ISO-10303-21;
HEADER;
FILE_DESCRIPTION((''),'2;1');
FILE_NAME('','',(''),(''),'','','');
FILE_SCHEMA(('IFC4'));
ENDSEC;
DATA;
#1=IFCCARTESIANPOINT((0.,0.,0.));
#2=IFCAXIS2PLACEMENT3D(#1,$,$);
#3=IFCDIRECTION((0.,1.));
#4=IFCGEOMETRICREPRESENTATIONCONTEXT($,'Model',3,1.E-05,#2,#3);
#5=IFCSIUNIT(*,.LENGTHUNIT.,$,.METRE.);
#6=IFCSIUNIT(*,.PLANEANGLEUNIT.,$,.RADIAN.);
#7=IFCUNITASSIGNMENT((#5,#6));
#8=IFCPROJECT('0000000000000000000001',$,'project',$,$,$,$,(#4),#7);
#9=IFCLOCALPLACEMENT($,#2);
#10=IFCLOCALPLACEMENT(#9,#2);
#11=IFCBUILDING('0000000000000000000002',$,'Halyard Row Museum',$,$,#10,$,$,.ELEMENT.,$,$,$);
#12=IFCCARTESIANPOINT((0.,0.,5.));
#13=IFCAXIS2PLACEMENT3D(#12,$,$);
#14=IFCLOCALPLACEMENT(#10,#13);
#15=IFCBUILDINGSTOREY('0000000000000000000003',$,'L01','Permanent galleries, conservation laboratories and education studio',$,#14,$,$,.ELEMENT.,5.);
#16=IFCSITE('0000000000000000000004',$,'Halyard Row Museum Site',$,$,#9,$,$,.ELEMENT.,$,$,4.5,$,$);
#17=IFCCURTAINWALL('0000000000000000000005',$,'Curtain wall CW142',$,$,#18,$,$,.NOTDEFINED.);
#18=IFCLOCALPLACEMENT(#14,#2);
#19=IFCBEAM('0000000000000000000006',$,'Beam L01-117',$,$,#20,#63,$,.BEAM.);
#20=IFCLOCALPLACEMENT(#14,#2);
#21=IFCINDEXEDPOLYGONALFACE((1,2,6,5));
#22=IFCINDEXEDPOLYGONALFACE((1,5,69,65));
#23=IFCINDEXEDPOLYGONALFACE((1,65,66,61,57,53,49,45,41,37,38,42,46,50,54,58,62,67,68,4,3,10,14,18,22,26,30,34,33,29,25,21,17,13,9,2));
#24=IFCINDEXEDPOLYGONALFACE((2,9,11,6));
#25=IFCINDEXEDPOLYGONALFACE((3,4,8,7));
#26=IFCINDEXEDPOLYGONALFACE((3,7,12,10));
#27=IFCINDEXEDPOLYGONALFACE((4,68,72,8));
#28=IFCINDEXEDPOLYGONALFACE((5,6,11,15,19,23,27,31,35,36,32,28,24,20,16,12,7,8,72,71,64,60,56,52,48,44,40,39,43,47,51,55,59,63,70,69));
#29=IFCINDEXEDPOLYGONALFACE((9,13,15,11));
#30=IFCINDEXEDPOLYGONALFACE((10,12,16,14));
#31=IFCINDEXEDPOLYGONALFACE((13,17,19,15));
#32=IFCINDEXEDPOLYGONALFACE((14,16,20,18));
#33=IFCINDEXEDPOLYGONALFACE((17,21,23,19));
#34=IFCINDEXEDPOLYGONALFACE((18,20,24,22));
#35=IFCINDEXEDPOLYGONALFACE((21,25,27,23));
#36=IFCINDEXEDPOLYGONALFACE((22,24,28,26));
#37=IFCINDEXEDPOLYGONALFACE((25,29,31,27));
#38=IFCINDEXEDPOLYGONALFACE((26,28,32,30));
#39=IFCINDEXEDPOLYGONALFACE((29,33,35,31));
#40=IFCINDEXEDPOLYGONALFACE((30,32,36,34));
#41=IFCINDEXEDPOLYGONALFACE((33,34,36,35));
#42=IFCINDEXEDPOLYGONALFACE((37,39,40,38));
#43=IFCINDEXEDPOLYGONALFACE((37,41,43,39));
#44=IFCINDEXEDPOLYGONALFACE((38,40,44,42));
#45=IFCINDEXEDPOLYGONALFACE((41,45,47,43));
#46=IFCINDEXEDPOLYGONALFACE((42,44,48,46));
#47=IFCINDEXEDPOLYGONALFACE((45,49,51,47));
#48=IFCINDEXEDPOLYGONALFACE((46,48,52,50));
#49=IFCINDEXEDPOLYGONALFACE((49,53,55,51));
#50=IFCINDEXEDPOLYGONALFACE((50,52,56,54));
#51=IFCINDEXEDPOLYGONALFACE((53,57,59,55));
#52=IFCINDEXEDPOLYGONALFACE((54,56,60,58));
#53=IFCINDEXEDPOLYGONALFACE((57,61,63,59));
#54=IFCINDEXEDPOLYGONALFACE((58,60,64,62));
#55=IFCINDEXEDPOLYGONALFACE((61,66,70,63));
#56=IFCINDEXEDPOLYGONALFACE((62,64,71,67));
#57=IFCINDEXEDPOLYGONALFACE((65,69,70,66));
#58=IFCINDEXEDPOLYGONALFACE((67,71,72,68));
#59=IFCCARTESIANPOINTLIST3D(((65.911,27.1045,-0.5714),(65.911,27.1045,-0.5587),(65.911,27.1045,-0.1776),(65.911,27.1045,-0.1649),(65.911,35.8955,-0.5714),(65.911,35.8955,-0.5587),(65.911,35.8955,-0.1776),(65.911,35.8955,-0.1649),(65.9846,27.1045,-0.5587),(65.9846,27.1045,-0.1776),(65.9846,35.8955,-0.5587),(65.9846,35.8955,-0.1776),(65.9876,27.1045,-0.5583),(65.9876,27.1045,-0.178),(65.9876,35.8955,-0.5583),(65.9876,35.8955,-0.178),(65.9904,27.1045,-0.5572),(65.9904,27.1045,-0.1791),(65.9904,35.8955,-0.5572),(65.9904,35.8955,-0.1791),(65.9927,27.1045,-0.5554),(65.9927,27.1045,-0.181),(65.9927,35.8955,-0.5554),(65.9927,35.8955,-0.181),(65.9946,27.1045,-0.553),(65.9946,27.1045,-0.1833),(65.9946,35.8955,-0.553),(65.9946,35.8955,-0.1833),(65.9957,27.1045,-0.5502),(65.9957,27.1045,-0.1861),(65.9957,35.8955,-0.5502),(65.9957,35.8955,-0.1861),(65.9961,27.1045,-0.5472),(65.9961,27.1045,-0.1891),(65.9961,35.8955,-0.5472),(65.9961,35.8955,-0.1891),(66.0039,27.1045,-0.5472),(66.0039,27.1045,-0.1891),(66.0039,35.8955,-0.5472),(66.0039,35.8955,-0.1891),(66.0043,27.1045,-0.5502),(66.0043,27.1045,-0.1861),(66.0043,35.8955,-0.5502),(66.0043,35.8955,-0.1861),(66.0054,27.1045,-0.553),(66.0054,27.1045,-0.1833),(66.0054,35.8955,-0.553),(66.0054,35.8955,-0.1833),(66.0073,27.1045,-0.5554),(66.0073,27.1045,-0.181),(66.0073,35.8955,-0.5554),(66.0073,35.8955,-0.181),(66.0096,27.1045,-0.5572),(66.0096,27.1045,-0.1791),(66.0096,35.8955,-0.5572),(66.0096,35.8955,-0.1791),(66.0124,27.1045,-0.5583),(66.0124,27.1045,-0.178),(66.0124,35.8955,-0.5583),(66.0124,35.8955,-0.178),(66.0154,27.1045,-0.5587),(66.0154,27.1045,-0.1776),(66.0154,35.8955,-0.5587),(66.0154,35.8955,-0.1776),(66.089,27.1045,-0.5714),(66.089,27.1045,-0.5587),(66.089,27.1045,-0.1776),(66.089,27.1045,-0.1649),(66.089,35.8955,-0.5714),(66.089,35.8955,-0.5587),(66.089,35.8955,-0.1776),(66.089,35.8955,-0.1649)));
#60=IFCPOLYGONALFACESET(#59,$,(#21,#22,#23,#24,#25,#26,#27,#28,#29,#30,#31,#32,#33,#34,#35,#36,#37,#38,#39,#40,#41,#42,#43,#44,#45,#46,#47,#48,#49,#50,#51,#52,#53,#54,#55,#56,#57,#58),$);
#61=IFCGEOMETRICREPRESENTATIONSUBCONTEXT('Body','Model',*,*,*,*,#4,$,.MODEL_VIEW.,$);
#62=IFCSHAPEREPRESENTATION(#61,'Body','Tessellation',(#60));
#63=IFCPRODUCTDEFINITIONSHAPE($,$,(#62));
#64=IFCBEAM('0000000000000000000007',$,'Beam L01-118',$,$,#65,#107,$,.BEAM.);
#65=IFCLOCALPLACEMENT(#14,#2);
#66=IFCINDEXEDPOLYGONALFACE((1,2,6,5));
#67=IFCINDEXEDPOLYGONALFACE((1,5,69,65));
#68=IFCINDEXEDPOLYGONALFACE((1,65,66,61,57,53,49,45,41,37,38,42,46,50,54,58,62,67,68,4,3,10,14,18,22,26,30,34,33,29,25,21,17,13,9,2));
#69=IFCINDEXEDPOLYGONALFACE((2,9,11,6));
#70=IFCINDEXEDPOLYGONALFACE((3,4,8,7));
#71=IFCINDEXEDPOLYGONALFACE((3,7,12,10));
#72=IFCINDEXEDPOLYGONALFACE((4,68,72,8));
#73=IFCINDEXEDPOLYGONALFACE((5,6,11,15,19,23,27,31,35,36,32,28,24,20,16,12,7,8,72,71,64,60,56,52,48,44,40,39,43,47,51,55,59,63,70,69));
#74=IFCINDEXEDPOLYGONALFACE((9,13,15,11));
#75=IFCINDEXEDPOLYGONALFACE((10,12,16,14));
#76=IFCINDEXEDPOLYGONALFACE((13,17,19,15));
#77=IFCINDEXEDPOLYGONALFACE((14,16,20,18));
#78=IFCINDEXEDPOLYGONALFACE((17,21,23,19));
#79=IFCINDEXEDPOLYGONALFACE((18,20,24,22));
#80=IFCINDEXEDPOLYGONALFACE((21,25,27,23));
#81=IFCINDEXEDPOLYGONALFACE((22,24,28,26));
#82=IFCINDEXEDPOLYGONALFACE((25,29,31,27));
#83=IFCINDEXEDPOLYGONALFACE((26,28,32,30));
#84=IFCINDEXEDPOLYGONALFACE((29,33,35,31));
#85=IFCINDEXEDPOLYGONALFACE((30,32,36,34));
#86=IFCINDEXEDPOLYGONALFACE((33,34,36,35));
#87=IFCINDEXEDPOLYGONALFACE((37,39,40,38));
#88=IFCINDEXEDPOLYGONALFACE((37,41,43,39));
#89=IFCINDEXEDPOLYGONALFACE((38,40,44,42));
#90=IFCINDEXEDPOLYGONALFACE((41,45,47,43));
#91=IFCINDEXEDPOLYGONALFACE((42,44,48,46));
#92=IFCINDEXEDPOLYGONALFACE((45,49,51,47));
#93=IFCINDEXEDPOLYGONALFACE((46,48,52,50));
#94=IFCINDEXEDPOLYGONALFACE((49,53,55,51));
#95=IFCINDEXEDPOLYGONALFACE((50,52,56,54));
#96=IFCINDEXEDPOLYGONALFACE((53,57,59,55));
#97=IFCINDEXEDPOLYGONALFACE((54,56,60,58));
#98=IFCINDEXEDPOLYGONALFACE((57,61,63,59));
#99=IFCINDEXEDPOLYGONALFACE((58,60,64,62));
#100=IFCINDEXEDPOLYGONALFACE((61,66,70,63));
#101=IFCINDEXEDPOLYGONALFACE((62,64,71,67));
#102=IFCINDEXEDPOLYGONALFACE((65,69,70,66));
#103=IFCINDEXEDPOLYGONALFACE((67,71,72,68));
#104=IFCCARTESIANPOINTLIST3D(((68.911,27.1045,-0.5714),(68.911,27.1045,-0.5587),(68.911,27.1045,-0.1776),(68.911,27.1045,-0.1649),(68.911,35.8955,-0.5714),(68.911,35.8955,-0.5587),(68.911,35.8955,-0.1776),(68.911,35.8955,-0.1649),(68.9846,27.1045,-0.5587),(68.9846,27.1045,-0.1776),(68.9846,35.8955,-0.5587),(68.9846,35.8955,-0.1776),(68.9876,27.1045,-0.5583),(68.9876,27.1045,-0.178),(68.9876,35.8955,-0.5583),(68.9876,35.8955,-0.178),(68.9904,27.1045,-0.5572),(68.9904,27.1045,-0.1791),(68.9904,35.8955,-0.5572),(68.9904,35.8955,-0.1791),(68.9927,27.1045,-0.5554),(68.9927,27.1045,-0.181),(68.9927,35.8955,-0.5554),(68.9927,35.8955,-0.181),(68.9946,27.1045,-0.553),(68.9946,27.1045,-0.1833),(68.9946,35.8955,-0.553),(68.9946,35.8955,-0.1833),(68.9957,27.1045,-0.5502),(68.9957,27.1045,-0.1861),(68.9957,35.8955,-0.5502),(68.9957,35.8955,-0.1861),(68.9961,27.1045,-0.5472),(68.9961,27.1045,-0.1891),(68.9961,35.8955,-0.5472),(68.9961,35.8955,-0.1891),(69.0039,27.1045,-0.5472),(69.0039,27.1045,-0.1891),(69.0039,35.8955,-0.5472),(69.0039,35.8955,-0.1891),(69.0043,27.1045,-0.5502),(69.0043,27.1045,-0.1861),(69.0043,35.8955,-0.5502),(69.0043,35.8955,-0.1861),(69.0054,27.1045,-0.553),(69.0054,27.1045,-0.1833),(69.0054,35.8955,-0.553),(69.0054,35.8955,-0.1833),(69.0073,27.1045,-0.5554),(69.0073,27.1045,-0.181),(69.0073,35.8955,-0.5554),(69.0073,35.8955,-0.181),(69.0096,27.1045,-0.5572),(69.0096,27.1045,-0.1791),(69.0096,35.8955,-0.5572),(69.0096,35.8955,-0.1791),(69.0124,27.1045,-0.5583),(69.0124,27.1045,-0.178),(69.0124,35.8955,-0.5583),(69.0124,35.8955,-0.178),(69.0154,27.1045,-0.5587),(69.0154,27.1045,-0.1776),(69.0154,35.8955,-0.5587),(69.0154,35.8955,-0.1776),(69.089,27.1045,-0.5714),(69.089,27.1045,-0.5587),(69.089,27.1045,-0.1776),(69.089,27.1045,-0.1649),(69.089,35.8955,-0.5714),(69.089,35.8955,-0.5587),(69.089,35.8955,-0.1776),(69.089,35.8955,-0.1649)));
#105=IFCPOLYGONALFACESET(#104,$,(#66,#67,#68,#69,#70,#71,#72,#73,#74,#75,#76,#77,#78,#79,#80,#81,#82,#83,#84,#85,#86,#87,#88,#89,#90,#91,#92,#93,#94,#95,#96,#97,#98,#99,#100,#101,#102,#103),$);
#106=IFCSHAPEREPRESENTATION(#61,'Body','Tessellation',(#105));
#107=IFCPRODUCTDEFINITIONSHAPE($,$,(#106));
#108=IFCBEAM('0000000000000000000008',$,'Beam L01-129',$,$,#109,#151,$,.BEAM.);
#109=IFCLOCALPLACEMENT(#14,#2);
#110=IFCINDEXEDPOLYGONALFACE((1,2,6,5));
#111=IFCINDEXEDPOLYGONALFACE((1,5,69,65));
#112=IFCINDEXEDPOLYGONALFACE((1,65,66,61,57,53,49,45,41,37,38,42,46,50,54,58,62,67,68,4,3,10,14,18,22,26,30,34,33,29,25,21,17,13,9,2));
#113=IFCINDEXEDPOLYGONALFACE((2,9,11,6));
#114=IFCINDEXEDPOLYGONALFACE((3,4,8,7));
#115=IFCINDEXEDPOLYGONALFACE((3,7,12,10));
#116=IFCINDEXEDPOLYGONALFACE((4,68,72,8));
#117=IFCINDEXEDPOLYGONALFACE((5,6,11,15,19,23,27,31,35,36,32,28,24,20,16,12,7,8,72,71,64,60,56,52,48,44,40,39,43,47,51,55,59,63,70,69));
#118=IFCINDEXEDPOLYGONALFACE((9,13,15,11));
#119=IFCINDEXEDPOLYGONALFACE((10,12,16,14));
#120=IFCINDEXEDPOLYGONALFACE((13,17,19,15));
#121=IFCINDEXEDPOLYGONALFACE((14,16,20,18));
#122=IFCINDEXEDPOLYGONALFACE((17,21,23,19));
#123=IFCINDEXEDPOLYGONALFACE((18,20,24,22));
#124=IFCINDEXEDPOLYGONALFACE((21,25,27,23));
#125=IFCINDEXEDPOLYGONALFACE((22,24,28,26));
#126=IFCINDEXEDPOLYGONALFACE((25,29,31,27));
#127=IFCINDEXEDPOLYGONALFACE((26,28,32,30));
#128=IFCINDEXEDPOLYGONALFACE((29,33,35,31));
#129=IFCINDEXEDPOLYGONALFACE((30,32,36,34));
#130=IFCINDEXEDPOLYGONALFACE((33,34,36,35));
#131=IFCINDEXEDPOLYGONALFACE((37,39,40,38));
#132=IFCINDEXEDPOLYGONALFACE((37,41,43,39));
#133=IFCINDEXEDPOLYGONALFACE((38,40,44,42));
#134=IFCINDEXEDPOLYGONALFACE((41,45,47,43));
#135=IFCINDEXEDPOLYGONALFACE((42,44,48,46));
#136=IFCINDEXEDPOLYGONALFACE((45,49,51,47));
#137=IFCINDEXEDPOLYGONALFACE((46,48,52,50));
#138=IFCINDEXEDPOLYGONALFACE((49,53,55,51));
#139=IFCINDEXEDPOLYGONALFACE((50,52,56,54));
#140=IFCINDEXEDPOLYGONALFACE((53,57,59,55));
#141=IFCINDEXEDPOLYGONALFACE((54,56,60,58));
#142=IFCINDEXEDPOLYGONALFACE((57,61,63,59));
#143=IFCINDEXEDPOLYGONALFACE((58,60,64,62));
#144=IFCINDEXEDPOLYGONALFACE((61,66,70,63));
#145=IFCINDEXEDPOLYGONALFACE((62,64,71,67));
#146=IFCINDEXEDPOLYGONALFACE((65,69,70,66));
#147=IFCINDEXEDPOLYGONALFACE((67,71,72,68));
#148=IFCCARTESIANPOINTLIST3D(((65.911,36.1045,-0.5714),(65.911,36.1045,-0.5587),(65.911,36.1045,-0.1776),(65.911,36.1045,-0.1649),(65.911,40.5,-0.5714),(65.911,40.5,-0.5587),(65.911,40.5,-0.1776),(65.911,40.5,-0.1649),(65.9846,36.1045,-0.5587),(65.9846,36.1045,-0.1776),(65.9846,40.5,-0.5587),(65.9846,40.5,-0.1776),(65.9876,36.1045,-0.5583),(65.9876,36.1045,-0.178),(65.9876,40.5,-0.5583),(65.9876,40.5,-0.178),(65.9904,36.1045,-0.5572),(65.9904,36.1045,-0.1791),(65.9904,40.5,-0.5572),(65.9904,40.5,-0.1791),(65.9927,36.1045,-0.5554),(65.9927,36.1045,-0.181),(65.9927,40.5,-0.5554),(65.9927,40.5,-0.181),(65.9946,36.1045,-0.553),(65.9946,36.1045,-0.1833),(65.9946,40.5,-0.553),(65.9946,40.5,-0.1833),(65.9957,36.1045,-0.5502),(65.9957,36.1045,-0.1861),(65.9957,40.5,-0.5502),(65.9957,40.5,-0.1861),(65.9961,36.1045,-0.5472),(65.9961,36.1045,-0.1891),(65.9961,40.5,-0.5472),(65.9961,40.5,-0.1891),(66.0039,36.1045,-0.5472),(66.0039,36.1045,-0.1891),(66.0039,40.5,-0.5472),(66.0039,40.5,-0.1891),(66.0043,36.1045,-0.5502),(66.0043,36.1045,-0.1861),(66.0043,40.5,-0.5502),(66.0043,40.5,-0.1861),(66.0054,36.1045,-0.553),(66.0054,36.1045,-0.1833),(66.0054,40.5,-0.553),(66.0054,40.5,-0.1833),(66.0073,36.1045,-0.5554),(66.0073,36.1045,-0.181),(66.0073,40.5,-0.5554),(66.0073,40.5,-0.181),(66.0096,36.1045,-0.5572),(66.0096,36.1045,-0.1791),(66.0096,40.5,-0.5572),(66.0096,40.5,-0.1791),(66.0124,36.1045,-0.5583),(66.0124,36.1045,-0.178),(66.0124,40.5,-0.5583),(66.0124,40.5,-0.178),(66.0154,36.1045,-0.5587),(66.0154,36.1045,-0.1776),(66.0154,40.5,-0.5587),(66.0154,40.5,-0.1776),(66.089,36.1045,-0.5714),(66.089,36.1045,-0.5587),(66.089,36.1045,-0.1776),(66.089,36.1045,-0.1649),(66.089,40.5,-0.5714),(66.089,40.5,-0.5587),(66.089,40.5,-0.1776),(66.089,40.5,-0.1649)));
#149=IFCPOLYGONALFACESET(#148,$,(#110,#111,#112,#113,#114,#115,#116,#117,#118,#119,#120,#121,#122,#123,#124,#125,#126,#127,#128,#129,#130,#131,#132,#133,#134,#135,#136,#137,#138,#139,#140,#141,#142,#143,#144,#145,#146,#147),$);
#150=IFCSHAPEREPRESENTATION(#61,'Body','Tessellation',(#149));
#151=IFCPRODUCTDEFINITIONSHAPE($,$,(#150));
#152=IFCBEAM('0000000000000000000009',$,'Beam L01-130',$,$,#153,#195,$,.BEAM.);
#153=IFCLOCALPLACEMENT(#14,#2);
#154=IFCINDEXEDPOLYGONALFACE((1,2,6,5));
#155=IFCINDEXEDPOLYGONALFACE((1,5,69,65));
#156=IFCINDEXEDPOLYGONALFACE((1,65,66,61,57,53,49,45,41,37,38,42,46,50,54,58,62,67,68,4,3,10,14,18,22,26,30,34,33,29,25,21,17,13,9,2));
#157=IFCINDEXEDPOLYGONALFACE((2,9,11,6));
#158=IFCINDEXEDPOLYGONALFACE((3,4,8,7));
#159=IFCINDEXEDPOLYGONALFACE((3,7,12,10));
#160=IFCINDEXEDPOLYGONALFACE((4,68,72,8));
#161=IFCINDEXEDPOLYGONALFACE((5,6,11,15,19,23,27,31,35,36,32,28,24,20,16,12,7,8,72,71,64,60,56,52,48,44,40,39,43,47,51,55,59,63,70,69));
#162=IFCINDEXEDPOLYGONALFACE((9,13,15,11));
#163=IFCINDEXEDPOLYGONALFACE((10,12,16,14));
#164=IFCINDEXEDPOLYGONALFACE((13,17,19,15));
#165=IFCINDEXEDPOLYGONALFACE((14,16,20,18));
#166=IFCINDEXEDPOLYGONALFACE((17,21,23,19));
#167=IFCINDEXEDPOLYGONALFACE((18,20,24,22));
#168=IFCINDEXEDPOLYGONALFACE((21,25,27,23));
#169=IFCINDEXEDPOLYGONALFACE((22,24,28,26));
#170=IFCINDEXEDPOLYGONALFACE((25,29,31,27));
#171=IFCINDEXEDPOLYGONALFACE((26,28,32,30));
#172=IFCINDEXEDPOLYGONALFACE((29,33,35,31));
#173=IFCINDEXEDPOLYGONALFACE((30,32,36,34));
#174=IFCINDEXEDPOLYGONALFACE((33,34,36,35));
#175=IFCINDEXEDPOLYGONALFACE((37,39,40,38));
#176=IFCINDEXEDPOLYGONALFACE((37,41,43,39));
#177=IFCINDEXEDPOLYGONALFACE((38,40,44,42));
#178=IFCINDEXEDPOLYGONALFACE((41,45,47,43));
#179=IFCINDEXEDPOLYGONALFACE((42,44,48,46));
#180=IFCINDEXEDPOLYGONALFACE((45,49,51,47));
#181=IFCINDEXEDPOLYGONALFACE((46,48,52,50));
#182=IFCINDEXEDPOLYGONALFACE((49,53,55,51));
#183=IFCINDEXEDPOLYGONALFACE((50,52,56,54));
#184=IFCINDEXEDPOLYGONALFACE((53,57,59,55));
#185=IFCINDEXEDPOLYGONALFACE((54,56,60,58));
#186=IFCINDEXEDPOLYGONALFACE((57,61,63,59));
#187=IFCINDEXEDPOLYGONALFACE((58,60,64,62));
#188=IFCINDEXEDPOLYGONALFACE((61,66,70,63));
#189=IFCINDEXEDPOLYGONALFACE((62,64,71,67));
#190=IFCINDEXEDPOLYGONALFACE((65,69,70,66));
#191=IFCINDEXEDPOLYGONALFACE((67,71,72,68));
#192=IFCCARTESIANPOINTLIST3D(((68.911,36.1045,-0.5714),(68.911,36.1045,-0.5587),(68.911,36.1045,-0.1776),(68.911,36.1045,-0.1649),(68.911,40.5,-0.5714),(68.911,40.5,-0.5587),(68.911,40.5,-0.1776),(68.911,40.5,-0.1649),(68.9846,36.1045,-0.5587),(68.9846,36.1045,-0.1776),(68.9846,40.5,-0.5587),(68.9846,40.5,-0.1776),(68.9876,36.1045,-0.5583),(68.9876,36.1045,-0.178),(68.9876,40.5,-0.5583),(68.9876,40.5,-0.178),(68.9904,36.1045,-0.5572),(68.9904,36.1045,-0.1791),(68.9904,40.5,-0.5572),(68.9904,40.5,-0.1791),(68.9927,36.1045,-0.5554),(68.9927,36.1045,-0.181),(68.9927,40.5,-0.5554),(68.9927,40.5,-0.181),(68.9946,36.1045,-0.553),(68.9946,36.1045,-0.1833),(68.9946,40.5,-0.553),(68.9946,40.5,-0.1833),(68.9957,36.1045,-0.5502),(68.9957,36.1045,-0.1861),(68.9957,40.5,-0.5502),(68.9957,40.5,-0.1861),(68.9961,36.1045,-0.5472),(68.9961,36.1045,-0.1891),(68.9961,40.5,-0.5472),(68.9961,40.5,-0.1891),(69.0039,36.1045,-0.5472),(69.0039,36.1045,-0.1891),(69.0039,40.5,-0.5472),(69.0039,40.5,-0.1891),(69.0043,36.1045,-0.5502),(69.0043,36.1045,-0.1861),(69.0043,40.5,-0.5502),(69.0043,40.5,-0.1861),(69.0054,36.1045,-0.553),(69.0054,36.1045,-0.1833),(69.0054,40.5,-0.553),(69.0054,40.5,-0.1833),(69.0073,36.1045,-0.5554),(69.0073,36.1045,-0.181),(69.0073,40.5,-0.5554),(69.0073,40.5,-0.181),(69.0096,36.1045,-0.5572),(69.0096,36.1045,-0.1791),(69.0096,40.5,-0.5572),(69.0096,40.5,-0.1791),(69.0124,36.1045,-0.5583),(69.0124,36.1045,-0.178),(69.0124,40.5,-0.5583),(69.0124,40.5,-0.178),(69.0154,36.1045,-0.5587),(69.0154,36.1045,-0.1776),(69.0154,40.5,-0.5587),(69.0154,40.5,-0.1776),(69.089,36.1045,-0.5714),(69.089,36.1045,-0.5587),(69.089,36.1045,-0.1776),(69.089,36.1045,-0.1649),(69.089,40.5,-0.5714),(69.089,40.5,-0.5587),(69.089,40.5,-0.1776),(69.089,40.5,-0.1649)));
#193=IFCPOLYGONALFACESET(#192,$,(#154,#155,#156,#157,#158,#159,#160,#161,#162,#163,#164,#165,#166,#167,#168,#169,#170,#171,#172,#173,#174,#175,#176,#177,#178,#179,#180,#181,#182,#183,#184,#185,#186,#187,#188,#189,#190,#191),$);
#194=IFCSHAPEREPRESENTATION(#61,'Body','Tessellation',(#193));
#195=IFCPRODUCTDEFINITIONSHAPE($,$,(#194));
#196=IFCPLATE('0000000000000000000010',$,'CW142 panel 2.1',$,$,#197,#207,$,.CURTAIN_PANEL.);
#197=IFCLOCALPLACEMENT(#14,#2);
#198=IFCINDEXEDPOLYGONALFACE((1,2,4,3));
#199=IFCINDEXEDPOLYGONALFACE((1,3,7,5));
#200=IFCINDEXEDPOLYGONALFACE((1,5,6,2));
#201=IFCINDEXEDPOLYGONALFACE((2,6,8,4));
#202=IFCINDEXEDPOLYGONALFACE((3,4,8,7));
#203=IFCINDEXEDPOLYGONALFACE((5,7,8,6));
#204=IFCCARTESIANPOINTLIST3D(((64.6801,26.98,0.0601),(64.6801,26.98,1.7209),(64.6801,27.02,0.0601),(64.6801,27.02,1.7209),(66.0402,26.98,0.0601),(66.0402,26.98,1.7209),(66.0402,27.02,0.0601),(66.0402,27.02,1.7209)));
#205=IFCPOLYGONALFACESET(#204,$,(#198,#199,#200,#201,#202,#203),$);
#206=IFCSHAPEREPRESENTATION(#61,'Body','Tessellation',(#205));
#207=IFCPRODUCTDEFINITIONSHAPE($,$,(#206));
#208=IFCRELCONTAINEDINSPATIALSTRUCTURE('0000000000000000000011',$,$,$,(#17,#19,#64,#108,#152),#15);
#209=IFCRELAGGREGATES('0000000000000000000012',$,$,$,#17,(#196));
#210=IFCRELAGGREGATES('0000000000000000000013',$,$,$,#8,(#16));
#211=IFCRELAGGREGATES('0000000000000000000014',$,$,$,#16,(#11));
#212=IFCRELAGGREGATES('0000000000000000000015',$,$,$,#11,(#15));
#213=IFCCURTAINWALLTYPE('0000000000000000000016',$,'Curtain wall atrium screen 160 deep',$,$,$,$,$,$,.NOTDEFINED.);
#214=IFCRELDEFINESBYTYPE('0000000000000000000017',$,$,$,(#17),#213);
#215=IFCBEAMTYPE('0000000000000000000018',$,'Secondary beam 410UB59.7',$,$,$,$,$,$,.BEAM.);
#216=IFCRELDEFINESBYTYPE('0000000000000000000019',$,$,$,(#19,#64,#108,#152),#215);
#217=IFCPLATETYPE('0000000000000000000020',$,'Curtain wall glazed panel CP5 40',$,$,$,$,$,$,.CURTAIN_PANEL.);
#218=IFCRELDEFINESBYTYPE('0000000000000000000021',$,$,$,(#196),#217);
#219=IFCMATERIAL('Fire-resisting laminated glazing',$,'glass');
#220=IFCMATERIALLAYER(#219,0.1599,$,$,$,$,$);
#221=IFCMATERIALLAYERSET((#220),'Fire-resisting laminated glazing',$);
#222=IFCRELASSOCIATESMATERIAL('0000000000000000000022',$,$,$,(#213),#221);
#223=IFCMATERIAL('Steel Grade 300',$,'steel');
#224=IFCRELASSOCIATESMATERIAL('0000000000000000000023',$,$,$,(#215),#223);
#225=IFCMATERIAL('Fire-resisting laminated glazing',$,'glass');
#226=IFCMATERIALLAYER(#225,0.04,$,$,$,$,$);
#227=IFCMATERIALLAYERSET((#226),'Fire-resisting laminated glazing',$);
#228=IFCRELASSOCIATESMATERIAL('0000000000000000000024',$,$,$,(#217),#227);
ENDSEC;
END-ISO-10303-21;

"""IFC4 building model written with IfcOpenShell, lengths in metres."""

from ifc_helpers import new_model, si_unit, direction, frame, origin, origin_2d, place, context, subcontext, project, spatial, rectangle, i_section, extrude, material, layer, layer_set, material_profile, profile_set, type_object, element, aggregate, save


model = new_model("IFC4")

# Units and contexts
model_context = context("Model", 3, precision=1e-05, world=origin(), true_north=direction((0.0, 1.0)))
body_context = subcontext(model_context, "Body", "Model", "MODEL_VIEW")
ifc_project = project(units=[si_unit("LENGTHUNIT", "METRE"), si_unit("PLANEANGLEUNIT", "RADIAN")], contexts=[model_context])

# Site, building, storey
site_placement = place(None, origin())
site = spatial("IfcSite", under=ifc_project, at=site_placement, Name="Halyard Row Museum Site", CompositionType="ELEMENT", RefElevation=4.5)
building_placement = place(site_placement, origin())
building = spatial("IfcBuilding", under=site, at=building_placement, Name="Halyard Row Museum", CompositionType="ELEMENT")
storey_placement = place(building_placement, frame((0.0, 0.0, 5.0)))
storey = spatial("IfcBuildingStorey", under=building, at=storey_placement, Name="L01", Description="Permanent galleries, conservation laboratories and education studio", CompositionType="ELEMENT", Elevation=5.0)

# Curtain wall
ifc_material_1 = material(Name="Fire-resisting laminated glazing", Category="glass")
ifc_layer_1 = layer(ifc_material_1, 0.1599)
ifc_layer_set_1 = layer_set([ifc_layer_1], Name="Fire-resisting laminated glazing")
curtain_wall_type = type_object("IfcCurtainWallType", Name="Curtain wall atrium screen 160 deep", PredefinedType="NOTDEFINED", material=ifc_layer_set_1)
curtain_wall_1_placement = place(storey_placement, origin())
curtain_wall_1 = element("IfcCurtainWall", 1, at=curtain_wall_1_placement, inside=storey, type_object=curtain_wall_type, Name="Curtain wall CW142", PredefinedType="NOTDEFINED")

# Beams
ifc_material_2 = material(Name="Steel Grade 300", Category="steel")
ifc_material_profile_1 = material_profile(ifc_material_2, i_section(OverallWidth=0.178, OverallDepth=0.4065, WebThickness=0.0078, FlangeThickness=0.0127, FilletRadius=0.0115, at=origin_2d()), Name="410UB59.7")
ifc_profile_set_1 = profile_set([ifc_material_profile_1], Name="Steel Grade 300")
beam_type = type_object("IfcBeamType", Name="Secondary beam 410UB59.7", PredefinedType="BEAM", material=ifc_profile_set_1)
for number, where, z_axis, x_axis, name in (
    (2, (66.0, 27.1045, -0.3682), (0.0, 1.0, 0.0), (-1.0, 0.0, 0.0), "Beam L01-117"),
    (3, (69.0, 27.1045, -0.3682), (0.0, 1.0, 0.0), (-1.0, 0.0, 0.0), "Beam L01-118"),
):
    element("IfcBeam", number, at=place(storey_placement, frame(where, z_axis=z_axis, x_axis=x_axis)), inside=storey, type_object=beam_type, Name=name, PredefinedType="BEAM", context=body_context, shape_type="SweptSolid", body=[
        extrude(i_section(OverallWidth=0.178, OverallDepth=0.4065, WebThickness=0.0078, FlangeThickness=0.0127, FilletRadius=0.0115, at=origin_2d()), origin(), (0.0, 0.0, 1.0), 8.791),
    ])
for number, where, z_axis, x_axis, name in (
    (4, (66.0, 36.1045, -0.3682), (0.0, 1.0, 0.0), (-1.0, 0.0, 0.0), "Beam L01-129"),
    (5, (69.0, 36.1045, -0.3682), (0.0, 1.0, 0.0), (-1.0, 0.0, 0.0), "Beam L01-130"),
):
    element("IfcBeam", number, at=place(storey_placement, frame(where, z_axis=z_axis, x_axis=x_axis)), inside=storey, type_object=beam_type, Name=name, PredefinedType="BEAM", context=body_context, shape_type="SweptSolid", body=[
        extrude(i_section(OverallWidth=0.178, OverallDepth=0.4065, WebThickness=0.0078, FlangeThickness=0.0127, FilletRadius=0.0115, at=origin_2d()), origin(), (0.0, 0.0, 1.0), 4.3955),
    ])

# Plate
ifc_material_3 = material(Name="Fire-resisting laminated glazing", Category="glass")
ifc_layer_2 = layer(ifc_material_3, 0.04)
ifc_layer_set_2 = layer_set([ifc_layer_2], Name="Fire-resisting laminated glazing")
plate_type = type_object("IfcPlateType", Name="Curtain wall glazed panel CP5 40", PredefinedType="CURTAIN_PANEL", material=ifc_layer_set_2)
plate_1_placement = place(storey_placement, frame((65.3601, 27.0, 0.0601), z_axis=(0.0, 0.0, 1.0), x_axis=(1.0, 0.0, 0.0)))
plate_1 = element("IfcPlate", 6, at=plate_1_placement, type_object=plate_type, Name="CW142 panel 2.1", PredefinedType="CURTAIN_PANEL", context=body_context, shape_type="SweptSolid", body=[
    extrude(rectangle(XDim=1.3601, YDim=0.04, at=origin_2d()), origin(), (0.0, 0.0, 1.0), 1.6609),
])
aggregate(curtain_wall_1, [plate_1])

save(model, "model.ifc")
